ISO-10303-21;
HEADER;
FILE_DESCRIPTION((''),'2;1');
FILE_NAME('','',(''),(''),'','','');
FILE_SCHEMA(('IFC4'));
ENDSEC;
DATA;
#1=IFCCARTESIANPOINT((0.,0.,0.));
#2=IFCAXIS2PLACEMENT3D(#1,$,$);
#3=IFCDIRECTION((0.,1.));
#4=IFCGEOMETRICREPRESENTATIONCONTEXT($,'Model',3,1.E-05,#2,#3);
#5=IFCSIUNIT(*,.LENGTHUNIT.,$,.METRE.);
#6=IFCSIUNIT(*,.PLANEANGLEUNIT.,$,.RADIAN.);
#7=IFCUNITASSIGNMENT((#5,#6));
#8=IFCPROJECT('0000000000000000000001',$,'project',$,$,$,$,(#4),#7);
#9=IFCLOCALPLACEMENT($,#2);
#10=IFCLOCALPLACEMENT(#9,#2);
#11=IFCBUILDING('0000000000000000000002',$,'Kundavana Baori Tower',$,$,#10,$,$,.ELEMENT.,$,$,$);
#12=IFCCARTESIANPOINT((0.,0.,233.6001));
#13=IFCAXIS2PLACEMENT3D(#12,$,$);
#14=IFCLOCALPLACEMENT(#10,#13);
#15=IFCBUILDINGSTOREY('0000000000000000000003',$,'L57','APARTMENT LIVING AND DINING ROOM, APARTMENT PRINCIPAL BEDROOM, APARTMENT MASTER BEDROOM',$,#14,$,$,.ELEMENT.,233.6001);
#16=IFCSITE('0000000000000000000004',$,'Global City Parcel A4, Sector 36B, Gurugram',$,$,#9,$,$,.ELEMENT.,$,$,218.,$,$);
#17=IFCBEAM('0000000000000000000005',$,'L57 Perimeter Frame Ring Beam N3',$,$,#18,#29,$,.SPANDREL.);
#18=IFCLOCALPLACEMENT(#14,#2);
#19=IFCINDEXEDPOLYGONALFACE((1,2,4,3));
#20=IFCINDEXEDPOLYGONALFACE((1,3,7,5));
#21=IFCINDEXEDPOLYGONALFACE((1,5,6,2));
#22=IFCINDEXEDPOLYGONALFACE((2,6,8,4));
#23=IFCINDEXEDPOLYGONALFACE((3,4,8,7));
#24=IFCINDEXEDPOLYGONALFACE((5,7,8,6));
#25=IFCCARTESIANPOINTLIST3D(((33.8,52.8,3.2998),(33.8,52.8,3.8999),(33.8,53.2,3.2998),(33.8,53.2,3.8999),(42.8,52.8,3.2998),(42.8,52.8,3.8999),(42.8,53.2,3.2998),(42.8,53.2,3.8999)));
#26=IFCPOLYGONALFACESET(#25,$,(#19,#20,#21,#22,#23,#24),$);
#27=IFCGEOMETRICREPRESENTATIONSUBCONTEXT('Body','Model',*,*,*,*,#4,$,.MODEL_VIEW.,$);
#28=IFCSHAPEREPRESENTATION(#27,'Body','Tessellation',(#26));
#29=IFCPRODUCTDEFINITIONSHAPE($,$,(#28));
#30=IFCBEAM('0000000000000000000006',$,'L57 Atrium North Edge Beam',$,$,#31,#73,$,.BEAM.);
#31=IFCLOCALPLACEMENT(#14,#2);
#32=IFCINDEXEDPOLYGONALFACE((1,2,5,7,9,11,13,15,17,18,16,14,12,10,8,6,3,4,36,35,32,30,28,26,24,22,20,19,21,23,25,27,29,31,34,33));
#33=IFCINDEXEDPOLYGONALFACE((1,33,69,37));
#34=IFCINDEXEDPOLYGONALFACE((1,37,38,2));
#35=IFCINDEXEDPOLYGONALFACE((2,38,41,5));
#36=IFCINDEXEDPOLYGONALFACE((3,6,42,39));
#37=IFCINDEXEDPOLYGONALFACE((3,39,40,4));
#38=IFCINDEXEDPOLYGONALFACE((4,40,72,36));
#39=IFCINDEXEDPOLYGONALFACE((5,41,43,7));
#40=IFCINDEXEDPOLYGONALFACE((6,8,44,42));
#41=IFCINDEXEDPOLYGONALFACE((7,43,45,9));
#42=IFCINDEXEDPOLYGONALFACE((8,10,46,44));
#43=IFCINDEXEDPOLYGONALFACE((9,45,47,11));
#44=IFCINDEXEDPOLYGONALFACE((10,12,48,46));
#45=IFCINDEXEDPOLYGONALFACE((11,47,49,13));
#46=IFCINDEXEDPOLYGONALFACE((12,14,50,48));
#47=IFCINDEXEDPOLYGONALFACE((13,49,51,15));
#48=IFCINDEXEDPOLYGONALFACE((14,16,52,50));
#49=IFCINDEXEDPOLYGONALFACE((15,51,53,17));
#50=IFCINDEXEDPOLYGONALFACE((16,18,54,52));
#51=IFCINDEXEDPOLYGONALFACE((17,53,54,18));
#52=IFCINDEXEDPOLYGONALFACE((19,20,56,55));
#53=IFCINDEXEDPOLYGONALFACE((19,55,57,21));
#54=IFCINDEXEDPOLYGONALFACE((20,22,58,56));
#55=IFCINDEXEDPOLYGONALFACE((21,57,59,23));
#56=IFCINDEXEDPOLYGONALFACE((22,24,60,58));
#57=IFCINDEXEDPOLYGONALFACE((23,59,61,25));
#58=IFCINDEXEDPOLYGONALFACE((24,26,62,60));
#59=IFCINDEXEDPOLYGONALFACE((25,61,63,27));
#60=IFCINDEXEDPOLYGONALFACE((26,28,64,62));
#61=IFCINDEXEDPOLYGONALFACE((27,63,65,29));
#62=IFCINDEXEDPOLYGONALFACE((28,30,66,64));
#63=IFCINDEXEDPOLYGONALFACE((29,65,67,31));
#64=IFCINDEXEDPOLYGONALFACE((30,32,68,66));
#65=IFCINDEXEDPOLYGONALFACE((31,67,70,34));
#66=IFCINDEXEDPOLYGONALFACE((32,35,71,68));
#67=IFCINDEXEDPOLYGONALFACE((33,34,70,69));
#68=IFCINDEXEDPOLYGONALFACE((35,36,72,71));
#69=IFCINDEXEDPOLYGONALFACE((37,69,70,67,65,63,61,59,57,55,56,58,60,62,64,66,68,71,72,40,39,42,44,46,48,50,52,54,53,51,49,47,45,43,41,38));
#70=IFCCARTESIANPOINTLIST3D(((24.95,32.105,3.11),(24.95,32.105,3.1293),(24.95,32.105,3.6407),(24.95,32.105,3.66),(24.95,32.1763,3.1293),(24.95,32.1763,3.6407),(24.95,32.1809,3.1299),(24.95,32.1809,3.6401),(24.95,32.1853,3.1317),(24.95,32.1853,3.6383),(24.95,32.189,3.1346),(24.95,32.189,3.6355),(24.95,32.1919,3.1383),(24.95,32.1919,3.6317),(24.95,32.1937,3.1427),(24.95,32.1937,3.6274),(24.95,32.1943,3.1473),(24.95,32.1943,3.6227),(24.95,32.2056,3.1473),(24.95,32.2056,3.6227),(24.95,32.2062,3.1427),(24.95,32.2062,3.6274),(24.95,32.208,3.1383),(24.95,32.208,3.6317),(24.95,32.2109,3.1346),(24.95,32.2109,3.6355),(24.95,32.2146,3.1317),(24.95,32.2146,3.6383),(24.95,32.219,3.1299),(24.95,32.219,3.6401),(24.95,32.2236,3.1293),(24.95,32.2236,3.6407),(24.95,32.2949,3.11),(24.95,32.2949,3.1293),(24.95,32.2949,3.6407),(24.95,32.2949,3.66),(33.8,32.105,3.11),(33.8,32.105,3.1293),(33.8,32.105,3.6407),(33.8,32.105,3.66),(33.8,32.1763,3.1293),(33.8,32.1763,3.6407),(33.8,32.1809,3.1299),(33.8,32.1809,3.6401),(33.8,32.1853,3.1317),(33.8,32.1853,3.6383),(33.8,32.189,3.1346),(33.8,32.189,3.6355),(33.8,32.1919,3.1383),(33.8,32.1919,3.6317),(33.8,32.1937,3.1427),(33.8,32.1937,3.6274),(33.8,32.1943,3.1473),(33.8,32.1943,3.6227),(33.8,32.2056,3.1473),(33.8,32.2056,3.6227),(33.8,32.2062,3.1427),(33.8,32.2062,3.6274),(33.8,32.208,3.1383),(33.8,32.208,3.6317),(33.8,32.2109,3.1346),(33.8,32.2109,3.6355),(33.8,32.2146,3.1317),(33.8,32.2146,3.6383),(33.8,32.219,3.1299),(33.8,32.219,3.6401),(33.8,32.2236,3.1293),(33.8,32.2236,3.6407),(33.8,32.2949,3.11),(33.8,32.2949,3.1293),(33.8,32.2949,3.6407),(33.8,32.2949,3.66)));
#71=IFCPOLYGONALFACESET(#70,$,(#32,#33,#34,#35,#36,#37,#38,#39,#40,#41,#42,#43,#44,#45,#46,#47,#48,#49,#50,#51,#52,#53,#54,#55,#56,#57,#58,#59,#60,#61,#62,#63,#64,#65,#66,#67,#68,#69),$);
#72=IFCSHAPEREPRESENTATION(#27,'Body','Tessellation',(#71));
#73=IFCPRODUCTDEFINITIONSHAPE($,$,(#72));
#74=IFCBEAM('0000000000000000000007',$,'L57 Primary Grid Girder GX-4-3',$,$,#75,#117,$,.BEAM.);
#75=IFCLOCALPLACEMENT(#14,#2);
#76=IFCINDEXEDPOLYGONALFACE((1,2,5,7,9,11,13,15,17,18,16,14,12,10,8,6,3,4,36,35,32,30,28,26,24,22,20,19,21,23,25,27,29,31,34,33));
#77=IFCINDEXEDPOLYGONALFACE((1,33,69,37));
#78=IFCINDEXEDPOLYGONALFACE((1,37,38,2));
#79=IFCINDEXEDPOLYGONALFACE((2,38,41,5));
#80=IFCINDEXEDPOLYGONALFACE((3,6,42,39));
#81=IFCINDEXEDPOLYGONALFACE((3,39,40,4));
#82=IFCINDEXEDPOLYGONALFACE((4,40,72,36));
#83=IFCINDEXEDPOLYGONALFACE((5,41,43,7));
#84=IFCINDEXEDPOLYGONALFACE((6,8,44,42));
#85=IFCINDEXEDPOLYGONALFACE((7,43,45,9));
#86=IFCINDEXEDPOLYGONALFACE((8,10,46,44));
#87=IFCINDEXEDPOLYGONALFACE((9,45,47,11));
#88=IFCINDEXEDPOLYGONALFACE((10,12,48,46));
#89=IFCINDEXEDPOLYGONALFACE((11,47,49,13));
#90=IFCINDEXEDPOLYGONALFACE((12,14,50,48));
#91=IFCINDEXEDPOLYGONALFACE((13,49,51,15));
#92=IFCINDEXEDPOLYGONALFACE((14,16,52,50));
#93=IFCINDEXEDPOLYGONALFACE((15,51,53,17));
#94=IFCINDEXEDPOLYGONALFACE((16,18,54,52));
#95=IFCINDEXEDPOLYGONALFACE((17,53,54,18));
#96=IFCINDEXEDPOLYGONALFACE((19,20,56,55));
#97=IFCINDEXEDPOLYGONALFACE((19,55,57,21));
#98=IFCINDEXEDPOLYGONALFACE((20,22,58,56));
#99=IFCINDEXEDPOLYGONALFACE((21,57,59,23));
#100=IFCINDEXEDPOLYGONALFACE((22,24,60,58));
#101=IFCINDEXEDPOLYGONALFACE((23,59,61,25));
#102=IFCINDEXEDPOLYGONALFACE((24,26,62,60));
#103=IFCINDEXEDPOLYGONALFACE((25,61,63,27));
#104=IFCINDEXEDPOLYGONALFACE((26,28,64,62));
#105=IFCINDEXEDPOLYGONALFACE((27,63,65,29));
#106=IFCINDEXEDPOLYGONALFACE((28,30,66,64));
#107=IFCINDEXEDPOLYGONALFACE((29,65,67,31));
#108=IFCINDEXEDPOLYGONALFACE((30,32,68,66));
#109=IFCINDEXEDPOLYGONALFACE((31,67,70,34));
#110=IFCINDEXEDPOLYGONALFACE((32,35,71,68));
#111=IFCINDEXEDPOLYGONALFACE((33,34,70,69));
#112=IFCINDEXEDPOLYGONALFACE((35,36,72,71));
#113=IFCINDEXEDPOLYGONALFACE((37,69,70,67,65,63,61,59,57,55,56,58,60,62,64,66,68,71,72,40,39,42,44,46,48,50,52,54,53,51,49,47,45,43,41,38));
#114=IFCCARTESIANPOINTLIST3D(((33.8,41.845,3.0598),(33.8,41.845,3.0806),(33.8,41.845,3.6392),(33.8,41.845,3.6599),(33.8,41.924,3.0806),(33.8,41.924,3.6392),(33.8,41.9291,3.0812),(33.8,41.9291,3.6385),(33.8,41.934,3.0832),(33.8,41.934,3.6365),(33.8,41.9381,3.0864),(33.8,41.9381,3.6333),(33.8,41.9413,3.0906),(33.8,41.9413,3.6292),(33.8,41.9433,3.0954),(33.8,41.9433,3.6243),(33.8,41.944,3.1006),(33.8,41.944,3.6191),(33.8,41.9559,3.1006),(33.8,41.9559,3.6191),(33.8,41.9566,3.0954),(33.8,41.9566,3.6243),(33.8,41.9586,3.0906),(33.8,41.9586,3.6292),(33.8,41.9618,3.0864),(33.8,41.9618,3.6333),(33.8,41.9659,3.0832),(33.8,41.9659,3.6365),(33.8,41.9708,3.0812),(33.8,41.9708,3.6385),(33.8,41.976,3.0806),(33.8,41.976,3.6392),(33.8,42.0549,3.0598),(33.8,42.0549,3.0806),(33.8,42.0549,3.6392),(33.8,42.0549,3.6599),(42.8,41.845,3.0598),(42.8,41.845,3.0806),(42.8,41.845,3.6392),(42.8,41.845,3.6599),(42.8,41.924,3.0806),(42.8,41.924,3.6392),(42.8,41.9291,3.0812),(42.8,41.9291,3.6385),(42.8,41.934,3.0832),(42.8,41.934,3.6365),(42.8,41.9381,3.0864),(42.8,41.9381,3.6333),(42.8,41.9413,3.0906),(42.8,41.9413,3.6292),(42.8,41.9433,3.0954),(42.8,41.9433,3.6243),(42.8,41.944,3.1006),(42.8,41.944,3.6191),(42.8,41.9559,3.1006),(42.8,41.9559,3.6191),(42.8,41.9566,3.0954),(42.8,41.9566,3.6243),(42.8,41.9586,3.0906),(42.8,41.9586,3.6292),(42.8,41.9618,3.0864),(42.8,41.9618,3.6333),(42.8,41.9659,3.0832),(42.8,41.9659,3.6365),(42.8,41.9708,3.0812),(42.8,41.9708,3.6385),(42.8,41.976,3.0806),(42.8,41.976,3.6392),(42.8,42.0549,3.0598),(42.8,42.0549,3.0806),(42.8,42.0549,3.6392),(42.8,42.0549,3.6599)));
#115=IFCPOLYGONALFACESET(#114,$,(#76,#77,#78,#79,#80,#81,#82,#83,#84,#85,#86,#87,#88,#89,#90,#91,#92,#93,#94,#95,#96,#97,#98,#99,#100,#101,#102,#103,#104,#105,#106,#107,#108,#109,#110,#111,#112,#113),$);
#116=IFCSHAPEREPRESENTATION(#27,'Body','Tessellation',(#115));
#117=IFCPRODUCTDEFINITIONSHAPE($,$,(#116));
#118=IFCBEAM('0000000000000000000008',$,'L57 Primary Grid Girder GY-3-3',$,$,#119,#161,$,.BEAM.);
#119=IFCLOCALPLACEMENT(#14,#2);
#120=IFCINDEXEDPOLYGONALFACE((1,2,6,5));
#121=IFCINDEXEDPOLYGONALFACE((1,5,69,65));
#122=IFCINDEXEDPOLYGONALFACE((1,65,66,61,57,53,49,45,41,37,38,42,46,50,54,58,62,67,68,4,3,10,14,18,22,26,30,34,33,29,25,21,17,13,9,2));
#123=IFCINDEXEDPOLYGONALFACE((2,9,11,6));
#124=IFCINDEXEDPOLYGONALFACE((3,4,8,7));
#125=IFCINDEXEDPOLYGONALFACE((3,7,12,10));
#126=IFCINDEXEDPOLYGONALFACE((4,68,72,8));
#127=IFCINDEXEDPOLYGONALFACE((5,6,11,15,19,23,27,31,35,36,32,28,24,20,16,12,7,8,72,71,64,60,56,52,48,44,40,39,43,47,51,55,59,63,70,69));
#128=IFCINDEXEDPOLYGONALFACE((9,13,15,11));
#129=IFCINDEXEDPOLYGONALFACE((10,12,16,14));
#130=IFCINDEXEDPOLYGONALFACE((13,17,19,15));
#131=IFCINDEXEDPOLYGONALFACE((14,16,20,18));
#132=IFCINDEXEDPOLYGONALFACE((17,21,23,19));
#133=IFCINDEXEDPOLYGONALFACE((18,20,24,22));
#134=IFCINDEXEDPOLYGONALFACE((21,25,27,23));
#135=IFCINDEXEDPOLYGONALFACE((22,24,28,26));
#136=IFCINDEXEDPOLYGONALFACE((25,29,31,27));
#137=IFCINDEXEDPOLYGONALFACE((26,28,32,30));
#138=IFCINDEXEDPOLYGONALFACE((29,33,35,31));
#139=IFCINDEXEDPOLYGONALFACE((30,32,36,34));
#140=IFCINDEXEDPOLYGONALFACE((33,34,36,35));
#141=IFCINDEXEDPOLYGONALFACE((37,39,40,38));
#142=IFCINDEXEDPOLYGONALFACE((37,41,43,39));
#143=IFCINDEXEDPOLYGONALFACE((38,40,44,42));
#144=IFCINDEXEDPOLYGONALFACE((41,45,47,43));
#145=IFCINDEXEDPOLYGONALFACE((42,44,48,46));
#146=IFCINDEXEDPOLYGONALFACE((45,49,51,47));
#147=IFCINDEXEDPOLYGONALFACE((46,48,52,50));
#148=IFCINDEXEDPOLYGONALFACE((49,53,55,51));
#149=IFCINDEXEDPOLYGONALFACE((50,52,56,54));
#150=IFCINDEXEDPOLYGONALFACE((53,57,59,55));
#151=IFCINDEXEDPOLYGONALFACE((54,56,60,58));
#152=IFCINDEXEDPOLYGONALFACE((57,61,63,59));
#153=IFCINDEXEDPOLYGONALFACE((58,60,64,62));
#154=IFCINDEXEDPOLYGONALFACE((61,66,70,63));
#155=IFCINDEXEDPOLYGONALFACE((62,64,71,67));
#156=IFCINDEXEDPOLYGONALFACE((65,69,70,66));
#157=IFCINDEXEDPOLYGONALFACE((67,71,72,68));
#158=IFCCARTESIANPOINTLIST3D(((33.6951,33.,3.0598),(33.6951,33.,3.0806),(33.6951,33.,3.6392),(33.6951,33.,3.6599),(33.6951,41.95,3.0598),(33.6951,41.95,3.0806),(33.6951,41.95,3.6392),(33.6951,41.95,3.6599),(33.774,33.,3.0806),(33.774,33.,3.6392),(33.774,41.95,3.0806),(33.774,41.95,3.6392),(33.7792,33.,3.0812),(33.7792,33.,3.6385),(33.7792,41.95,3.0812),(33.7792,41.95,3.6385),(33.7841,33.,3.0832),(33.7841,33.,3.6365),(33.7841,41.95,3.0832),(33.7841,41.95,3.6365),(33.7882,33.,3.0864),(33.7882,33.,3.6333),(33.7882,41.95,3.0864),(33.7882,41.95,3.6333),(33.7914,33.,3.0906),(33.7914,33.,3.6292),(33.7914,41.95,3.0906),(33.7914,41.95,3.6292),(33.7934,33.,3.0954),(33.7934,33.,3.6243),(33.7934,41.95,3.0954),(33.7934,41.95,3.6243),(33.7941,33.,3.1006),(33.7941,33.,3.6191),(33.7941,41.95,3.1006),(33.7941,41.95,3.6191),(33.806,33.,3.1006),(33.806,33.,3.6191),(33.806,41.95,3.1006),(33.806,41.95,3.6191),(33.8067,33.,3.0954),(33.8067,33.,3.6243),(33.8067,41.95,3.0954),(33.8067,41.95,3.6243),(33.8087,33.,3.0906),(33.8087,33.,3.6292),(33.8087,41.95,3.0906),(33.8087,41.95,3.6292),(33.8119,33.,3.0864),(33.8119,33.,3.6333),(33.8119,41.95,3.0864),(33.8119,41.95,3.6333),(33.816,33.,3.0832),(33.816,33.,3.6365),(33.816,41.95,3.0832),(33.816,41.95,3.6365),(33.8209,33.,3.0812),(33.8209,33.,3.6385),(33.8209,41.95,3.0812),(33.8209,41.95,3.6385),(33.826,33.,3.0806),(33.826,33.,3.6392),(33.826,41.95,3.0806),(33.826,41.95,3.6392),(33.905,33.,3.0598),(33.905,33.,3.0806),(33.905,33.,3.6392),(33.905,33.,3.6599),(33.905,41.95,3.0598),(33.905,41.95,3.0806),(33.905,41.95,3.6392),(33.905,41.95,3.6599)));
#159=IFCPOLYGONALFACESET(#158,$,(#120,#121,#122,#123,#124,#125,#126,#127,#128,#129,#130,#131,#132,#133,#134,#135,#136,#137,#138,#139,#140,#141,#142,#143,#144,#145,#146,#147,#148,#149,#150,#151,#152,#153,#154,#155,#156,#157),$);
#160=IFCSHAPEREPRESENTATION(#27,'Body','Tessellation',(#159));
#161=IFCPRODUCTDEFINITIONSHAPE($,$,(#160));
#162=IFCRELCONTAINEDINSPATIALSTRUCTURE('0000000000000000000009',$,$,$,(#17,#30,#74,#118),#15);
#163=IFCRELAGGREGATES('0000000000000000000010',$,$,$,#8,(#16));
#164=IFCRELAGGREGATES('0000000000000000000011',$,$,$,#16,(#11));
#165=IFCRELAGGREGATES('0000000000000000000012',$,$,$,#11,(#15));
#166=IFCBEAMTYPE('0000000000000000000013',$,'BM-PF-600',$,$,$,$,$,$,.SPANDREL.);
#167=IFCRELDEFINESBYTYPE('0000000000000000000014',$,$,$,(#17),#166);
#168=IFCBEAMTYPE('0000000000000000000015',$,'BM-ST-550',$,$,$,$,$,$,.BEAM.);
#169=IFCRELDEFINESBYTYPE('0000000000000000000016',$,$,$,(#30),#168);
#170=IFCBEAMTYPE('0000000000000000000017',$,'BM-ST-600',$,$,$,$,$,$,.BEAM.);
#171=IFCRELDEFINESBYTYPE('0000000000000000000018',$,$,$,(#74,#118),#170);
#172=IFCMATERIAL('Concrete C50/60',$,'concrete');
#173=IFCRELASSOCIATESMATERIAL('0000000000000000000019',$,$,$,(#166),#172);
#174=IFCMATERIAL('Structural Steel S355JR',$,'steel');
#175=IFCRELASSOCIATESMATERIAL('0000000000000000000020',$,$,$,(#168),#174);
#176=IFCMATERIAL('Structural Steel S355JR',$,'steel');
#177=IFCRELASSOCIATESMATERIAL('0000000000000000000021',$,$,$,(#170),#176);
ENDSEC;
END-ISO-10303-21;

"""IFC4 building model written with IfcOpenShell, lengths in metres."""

from ifc_helpers import new_model, si_unit, direction, frame, origin, origin_2d, place, context, subcontext, project, spatial, rectangle, i_section, extrude, material, material_profile, profile_set, type_object, element, save


model = new_model("IFC4")

# Units and contexts
model_context = context("Model", 3, precision=1e-05, world=origin(), true_north=direction((0.0, 1.0)))
body_context = subcontext(model_context, "Body", "Model", "MODEL_VIEW")
ifc_project = project(units=[si_unit("LENGTHUNIT", "METRE"), si_unit("PLANEANGLEUNIT", "RADIAN")], contexts=[model_context])

# Site, building, storey
site_placement = place(None, origin())
site = spatial("IfcSite", under=ifc_project, at=site_placement, Name="Global City Parcel A4, Sector 36B, Gurugram", CompositionType="ELEMENT", RefElevation=218.0)
building_placement = place(site_placement, origin())
building = spatial("IfcBuilding", under=site, at=building_placement, Name="Kundavana Baori Tower", CompositionType="ELEMENT")
storey_placement = place(building_placement, frame((0.0, 0.0, 233.6001)))
storey = spatial("IfcBuildingStorey", under=building, at=storey_placement, Name="L57", Description="APARTMENT LIVING AND DINING ROOM, APARTMENT PRINCIPAL BEDROOM, APARTMENT MASTER BEDROOM", CompositionType="ELEMENT", Elevation=233.6001)

# Beams
ifc_material_1 = material(Name="Concrete C50/60", Category="concrete")
ifc_material_profile_1 = material_profile(ifc_material_1, rectangle(XDim=0.3999, YDim=0.6001, at=origin_2d()), Name="RC BM 400x600")
ifc_profile_set_1 = profile_set([ifc_material_profile_1], Name="Concrete C50/60")
beam_type_1 = type_object("IfcBeamType", Name="BM-PF-600", PredefinedType="SPANDREL", material=ifc_profile_set_1)
beam_1_placement = place(storey_placement, frame((33.8, 53.0, 3.5999), z_axis=(1.0, 0.0, 0.0), x_axis=(0.0, 1.0, 0.0)))
element("IfcBeam", 1, at=beam_1_placement, inside=storey, type_object=beam_type_1, Name="L57 Perimeter Frame Ring Beam N3", PredefinedType="SPANDREL", context=body_context, shape_type="SweptSolid", body=[
    extrude(rectangle(XDim=0.3999, YDim=0.6001, at=origin_2d()), origin(), (0.0, 0.0, 1.0), 9.0),
])
ifc_material_2 = material(Name="Structural Steel S355JR", Category="steel")
ifc_material_profile_2 = material_profile(ifc_material_2, i_section(OverallWidth=0.1899, OverallDepth=0.55, WebThickness=0.0112, FlangeThickness=0.0193, FilletRadius=0.0181, at=origin_2d()), Name="ISMB 550")
ifc_profile_set_2 = profile_set([ifc_material_profile_2], Name="Structural Steel S355JR")
beam_type_2 = type_object("IfcBeamType", Name="BM-ST-550", PredefinedType="BEAM", material=ifc_profile_set_2)
beam_2_placement = place(storey_placement, frame((24.95, 32.2, 3.385), z_axis=(1.0, 0.0, 0.0), x_axis=(0.0, 1.0, 0.0)))
element("IfcBeam", 2, at=beam_2_placement, inside=storey, type_object=beam_type_2, Name="L57 Atrium North Edge Beam", PredefinedType="BEAM", context=body_context, shape_type="SweptSolid", body=[
    extrude(i_section(OverallWidth=0.1899, OverallDepth=0.55, WebThickness=0.0112, FlangeThickness=0.0193, FilletRadius=0.0181, at=origin_2d()), origin(), (0.0, 0.0, 1.0), 8.8501),
])
ifc_material_3 = material(Name="Structural Steel S355JR", Category="steel")
ifc_material_profile_3 = material_profile(ifc_material_3, i_section(OverallWidth=0.21, OverallDepth=0.6001, WebThickness=0.012, FlangeThickness=0.0208, FilletRadius=0.02, at=origin_2d()), Name="ISMB 600")
ifc_profile_set_3 = profile_set([ifc_material_profile_3], Name="Structural Steel S355JR")
beam_type_3 = type_object("IfcBeamType", Name="BM-ST-600", PredefinedType="BEAM", material=ifc_profile_set_3)
beam_3_placement = place(storey_placement, frame((33.8, 41.95, 3.3599), z_axis=(1.0, 0.0, 0.0), x_axis=(0.0, 1.0, 0.0)))
element("IfcBeam", 3, at=beam_3_placement, inside=storey, type_object=beam_type_3, Name="L57 Primary Grid Girder GX-4-3", PredefinedType="BEAM", context=body_context, shape_type="SweptSolid", body=[
    extrude(i_section(OverallWidth=0.21, OverallDepth=0.6001, WebThickness=0.012, FlangeThickness=0.0208, FilletRadius=0.02, at=origin_2d()), origin(), (0.0, 0.0, 1.0), 9.0),
])
beam_4_placement = place(storey_placement, frame((33.8, 33.0, 3.3599), z_axis=(0.0, 1.0, 0.0), x_axis=(-1.0, 0.0, 0.0)))
element("IfcBeam", 4, at=beam_4_placement, inside=storey, type_object=beam_type_3, Name="L57 Primary Grid Girder GY-3-3", PredefinedType="BEAM", context=body_context, shape_type="SweptSolid", body=[
    extrude(i_section(OverallWidth=0.21, OverallDepth=0.6001, WebThickness=0.012, FlangeThickness=0.0208, FilletRadius=0.02, at=origin_2d()), origin(), (0.0, 0.0, 1.0), 8.95),
])

save(model, "model.ifc")
